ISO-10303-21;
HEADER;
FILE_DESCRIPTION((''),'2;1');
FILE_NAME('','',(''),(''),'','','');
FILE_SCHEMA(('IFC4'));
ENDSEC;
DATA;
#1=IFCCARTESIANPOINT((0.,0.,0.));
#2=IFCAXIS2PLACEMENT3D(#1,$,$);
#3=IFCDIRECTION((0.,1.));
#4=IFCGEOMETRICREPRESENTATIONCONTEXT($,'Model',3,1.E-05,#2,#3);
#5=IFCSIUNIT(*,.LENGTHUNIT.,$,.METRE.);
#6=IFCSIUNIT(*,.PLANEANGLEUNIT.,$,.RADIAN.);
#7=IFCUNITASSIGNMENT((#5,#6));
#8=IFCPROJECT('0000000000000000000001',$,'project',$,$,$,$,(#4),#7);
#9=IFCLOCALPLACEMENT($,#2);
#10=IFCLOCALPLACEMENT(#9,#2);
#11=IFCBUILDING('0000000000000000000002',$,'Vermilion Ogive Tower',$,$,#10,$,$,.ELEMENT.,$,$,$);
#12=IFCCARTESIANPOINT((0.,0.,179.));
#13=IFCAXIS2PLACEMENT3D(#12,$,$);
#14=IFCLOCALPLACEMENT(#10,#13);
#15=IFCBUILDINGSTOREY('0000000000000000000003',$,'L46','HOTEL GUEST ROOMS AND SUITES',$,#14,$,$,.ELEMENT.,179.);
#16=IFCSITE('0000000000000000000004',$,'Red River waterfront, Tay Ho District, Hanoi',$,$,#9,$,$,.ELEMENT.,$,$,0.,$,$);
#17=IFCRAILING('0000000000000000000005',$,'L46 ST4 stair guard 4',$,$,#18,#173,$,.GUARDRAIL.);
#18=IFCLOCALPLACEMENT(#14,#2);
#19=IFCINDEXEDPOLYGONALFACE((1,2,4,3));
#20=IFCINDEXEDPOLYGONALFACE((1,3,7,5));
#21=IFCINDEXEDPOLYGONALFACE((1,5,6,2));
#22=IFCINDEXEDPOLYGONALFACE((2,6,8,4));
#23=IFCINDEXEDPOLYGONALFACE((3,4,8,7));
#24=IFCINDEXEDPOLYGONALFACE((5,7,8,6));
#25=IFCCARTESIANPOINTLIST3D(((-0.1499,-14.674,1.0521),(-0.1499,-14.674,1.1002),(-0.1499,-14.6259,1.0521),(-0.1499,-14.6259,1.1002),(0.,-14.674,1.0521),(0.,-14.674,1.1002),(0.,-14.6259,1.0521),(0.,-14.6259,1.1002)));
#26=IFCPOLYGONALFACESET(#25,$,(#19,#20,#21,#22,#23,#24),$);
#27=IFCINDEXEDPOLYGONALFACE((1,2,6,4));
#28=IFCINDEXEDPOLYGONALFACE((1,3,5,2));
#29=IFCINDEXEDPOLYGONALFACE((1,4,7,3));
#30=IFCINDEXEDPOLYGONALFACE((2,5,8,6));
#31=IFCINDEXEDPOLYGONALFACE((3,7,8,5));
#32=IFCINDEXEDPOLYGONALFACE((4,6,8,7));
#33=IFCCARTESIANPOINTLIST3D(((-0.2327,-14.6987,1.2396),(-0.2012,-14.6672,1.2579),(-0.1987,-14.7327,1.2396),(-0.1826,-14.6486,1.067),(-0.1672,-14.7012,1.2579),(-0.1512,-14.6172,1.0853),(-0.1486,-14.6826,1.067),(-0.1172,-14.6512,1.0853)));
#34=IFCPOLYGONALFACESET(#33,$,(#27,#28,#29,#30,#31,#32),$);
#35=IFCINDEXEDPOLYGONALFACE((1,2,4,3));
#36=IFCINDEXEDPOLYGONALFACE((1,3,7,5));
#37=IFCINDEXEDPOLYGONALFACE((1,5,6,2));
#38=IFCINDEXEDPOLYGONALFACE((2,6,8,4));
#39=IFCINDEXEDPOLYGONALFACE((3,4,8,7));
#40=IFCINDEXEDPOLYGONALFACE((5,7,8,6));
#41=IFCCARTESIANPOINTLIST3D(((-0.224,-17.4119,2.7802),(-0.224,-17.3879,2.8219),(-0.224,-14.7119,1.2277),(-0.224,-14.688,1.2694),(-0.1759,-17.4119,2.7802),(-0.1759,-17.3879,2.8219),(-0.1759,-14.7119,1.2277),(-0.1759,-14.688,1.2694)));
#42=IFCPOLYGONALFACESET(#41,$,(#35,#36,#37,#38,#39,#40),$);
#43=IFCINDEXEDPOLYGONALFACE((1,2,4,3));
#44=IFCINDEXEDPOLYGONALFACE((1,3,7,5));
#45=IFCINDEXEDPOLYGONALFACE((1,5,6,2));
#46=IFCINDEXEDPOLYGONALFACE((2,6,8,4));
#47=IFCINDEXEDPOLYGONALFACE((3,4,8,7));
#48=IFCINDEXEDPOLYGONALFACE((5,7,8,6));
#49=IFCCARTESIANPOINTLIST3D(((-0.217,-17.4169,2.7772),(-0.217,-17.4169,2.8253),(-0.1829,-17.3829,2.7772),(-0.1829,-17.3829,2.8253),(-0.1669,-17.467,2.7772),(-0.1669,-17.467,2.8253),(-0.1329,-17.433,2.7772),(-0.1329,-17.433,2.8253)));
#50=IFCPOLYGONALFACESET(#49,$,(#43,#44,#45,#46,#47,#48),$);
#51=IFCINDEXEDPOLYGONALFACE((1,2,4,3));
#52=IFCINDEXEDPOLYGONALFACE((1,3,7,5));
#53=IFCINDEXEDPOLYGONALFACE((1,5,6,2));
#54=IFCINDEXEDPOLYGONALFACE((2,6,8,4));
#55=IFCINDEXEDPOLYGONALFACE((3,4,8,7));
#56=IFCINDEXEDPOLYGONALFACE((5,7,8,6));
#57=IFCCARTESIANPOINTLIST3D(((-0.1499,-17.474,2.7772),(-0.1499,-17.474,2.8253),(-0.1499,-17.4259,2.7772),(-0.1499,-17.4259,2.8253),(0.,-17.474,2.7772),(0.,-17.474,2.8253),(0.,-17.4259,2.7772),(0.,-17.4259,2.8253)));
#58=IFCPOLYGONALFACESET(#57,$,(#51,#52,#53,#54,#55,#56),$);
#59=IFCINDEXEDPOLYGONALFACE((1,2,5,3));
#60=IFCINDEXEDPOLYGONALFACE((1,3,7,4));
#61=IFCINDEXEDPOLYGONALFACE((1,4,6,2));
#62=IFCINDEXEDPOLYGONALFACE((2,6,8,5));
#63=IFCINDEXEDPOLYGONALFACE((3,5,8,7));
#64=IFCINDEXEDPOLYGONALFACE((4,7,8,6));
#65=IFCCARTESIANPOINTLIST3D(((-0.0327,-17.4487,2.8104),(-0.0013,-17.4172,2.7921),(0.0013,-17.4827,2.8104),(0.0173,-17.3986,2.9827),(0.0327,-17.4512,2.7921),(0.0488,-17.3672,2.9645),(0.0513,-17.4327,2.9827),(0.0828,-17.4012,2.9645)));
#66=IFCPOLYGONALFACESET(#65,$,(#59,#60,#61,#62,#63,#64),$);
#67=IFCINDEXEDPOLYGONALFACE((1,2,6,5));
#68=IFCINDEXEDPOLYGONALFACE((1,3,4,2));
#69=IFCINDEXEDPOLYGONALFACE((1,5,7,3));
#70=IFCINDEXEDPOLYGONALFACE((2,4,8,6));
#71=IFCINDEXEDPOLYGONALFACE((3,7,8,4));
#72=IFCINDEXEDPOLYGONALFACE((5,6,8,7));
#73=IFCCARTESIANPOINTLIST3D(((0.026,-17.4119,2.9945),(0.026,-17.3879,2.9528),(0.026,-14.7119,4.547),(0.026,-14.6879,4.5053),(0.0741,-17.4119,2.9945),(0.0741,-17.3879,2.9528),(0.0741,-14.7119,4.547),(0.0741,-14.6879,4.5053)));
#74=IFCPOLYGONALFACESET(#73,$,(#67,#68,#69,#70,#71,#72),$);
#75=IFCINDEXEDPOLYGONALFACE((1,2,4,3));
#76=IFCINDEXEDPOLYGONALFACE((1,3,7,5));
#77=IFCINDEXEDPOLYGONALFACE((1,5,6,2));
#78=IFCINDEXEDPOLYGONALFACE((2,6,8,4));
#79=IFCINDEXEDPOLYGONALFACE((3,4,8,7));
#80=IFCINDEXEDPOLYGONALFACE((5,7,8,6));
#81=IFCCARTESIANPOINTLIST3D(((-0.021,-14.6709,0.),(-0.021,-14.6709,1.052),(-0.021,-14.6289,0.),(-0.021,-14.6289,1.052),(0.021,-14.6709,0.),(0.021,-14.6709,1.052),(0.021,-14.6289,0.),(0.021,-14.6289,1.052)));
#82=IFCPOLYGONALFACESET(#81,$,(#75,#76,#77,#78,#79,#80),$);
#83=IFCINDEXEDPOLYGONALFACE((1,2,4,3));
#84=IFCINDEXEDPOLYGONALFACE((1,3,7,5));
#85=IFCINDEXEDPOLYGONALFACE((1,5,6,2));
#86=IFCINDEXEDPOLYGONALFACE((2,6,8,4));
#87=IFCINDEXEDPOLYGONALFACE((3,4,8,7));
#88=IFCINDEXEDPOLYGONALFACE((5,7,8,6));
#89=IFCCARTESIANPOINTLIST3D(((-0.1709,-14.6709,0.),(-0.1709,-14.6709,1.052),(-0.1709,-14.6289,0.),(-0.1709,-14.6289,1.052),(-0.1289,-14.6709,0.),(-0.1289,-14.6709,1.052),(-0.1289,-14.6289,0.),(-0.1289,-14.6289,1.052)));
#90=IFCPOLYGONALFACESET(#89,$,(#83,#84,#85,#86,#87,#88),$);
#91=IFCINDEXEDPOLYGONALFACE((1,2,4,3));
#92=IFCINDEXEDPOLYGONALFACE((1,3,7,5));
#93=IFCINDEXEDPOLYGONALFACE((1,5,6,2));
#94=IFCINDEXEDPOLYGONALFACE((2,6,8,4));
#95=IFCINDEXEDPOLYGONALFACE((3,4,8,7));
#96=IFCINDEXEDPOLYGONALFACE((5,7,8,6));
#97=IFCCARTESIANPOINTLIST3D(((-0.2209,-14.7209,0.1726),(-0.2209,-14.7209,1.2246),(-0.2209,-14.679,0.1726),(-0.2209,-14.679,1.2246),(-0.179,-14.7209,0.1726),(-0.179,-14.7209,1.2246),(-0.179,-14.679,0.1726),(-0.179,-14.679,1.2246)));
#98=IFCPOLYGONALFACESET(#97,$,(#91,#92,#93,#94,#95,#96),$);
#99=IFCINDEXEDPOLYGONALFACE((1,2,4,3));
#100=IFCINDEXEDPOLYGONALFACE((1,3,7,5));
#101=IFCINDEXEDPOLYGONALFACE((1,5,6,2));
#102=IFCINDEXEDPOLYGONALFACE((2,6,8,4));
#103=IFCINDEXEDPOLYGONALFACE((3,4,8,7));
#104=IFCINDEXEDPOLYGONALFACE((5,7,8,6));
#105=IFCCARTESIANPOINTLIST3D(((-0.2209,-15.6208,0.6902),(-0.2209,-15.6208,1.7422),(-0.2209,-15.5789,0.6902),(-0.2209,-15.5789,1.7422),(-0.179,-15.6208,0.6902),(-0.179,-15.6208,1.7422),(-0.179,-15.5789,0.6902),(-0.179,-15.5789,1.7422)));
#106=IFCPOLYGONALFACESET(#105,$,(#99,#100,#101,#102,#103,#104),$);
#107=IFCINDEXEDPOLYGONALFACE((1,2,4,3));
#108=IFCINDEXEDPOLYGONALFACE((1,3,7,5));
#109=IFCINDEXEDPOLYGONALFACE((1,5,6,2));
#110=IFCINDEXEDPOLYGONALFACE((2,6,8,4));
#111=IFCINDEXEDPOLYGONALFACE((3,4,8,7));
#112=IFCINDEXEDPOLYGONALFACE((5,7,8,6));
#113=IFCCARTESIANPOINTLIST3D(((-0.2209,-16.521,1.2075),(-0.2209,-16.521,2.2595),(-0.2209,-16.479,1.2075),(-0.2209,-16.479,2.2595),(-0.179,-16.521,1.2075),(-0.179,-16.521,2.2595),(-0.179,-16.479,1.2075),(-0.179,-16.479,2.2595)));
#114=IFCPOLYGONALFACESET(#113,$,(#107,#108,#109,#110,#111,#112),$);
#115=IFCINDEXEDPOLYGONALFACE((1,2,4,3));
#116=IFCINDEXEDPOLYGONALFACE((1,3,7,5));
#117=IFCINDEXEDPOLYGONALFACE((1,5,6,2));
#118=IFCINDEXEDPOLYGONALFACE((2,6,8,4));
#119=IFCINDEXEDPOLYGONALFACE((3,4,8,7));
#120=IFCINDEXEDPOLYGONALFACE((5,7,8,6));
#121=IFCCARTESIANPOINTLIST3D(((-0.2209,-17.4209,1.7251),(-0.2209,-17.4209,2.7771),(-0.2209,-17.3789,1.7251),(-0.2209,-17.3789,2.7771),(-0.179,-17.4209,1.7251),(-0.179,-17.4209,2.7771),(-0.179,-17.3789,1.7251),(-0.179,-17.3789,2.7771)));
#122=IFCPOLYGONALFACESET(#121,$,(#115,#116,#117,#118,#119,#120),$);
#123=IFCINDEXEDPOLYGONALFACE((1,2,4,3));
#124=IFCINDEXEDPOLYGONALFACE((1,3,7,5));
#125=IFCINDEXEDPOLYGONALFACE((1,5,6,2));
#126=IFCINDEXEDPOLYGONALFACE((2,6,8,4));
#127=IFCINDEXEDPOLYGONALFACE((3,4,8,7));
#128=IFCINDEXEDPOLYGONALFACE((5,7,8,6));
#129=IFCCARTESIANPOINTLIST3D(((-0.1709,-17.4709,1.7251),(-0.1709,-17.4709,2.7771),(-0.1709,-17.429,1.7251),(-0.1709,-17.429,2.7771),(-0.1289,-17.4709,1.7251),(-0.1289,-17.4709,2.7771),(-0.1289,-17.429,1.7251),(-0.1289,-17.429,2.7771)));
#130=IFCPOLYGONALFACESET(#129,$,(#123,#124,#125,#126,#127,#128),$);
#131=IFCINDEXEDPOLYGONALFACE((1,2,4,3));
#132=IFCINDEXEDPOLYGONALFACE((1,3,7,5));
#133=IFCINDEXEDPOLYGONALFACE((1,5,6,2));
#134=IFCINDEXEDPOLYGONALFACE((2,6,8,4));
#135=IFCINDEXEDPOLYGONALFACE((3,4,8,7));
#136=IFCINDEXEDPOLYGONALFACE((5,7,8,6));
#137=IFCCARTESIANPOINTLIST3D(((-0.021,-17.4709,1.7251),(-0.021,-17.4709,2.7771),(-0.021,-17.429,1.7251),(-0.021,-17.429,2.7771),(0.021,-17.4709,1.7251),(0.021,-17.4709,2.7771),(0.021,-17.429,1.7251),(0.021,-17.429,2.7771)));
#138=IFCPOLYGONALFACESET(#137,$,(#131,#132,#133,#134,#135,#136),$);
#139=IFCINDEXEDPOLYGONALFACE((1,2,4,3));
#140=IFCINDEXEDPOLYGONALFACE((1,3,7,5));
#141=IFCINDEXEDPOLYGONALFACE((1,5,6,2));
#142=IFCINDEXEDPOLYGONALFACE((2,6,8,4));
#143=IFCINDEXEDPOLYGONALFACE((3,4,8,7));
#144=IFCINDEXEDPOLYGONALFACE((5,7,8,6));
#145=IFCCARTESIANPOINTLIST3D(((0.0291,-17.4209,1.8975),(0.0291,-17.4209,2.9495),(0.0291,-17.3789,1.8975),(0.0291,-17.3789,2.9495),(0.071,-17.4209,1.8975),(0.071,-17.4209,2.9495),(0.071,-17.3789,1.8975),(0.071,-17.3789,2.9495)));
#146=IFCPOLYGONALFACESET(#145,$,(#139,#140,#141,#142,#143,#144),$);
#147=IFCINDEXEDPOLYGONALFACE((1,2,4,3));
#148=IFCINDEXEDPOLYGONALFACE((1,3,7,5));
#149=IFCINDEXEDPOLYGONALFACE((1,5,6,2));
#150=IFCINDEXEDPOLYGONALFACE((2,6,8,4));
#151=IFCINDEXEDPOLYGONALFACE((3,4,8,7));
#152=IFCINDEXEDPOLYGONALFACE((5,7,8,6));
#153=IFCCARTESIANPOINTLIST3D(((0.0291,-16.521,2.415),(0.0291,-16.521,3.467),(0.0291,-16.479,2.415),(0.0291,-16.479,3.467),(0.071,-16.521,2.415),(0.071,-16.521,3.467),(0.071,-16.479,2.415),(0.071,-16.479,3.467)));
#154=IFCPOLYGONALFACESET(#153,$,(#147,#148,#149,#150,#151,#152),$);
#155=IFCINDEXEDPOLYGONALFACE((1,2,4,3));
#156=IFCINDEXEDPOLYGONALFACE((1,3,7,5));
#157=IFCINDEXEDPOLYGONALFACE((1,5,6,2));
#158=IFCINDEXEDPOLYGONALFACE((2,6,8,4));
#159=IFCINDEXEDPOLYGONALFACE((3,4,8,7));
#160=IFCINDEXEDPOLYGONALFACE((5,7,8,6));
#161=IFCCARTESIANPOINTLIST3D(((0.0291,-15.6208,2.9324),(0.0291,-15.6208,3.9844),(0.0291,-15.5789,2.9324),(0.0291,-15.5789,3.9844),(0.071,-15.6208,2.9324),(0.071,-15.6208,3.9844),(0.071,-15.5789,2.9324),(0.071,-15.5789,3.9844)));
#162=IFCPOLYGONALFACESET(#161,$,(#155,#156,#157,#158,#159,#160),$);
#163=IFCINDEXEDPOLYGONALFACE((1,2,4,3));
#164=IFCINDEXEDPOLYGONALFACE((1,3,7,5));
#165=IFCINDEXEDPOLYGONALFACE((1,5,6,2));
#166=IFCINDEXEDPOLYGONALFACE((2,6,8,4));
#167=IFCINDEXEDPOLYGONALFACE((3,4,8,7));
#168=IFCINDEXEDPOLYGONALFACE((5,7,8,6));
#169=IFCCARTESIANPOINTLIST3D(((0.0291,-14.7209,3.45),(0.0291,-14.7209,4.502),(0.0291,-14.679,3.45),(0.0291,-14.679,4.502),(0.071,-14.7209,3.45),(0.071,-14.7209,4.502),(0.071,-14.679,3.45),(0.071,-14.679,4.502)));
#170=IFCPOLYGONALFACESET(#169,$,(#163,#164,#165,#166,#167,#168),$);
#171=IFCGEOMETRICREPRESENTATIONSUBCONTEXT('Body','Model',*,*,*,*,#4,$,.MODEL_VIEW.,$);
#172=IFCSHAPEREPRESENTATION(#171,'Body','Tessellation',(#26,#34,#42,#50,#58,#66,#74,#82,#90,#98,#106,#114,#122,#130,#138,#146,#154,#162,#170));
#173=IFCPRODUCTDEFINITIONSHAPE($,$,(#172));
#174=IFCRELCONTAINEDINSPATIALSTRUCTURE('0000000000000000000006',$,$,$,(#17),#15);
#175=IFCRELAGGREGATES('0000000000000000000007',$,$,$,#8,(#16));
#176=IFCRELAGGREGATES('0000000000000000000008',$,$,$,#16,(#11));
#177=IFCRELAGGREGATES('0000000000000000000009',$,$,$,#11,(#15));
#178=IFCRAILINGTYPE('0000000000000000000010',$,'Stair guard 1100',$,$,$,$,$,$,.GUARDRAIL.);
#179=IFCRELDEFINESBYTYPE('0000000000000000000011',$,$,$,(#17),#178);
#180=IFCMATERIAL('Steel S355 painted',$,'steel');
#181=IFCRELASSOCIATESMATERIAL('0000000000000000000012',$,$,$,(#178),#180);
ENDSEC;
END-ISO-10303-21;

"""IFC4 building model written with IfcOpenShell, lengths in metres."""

from ifc_helpers import new_model, si_unit, direction, frame, origin, origin_2d, place, context, subcontext, project, spatial, rectangle, extrude, material, type_object, element, save


model = new_model("IFC4")

# Units and contexts
model_context = context("Model", 3, precision=1e-05, world=origin(), true_north=direction((0.0, 1.0)))
body_context = subcontext(model_context, "Body", "Model", "MODEL_VIEW")
ifc_project = project(units=[si_unit("LENGTHUNIT", "METRE"), si_unit("PLANEANGLEUNIT", "RADIAN")], contexts=[model_context])

# Site, building, storey
site_placement = place(None, origin())
site = spatial("IfcSite", under=ifc_project, at=site_placement, Name="Red River waterfront, Tay Ho District, Hanoi", CompositionType="ELEMENT", RefElevation=0.0)
building_placement = place(site_placement, origin())
building = spatial("IfcBuilding", under=site, at=building_placement, Name="Vermilion Ogive Tower", CompositionType="ELEMENT")
storey_placement = place(building_placement, frame((0.0, 0.0, 179.0)))
storey = spatial("IfcBuildingStorey", under=building, at=storey_placement, Name="L46", Description="HOTEL GUEST ROOMS AND SUITES", CompositionType="ELEMENT", Elevation=179.0)

# Railing
ifc_material_1 = material(Name="Steel S355 painted", Category="steel")
railing_type_1 = type_object("IfcRailingType", Name="Stair guard 1100", PredefinedType="GUARDRAIL", material=ifc_material_1)
railing_1_placement = place(storey_placement, frame((0.0, -14.6499, 0.0)))
element("IfcRailing", 1, at=railing_1_placement, inside=storey, type_object=railing_type_1, Name="L46 ST4 stair guard 4", PredefinedType="GUARDRAIL", context=body_context, shape_type="SweptSolid", body=[
    extrude(rectangle(XDim=0.0481, YDim=0.0481, at=origin_2d()), frame((0.0, 0.0, 1.0762), z_axis=(-1.0, 0.0, 0.0), x_axis=(0.0, -1.0, 0.0)), (0.0, 0.0, 1.0), 0.1499),
    extrude(rectangle(XDim=0.0481, YDim=0.0481, at=origin_2d()), frame((-0.1499, 0.0, 1.0762), z_axis=(-0.268278, -0.268278, 0.925232), x_axis=(0.707107, -0.707107, 0.0)), (0.0, 0.0, 1.0), 0.1865),
    extrude(rectangle(XDim=0.0481, YDim=0.0481, at=origin_2d()), frame((-0.2, -0.05, 1.2485), z_axis=(0.0, -0.866904, 0.498476), x_axis=(1.0, 0.0, 0.0)), (0.0, 0.0, 1.0), 3.1145),
    extrude(rectangle(XDim=0.0481, YDim=0.0481, at=origin_2d()), frame((-0.2, -2.75, 2.8013), z_axis=(0.707107, -0.707107, 0.0), x_axis=(0.707107, 0.707107, 0.0)), (0.0, 0.0, 1.0), 0.0708),
    extrude(rectangle(XDim=0.0481, YDim=0.0481, at=origin_2d()), frame((-0.1499, -2.8, 2.8013), z_axis=(1.0, 0.0, 0.0), x_axis=(0.0, 1.0, 0.0)), (0.0, 0.0, 1.0), 0.1499),
    extrude(rectangle(XDim=0.0481, YDim=0.0481, at=origin_2d()), frame((0.0, -2.8, 2.8013), z_axis=(0.268603, 0.268603, 0.925043), x_axis=(-0.707107, 0.707107, 0.0)), (0.0, 0.0, 1.0), 0.1863),
    extrude(rectangle(XDim=0.0481, YDim=0.0481, at=origin_2d()), frame((0.05, -2.75, 2.9736), z_axis=(0.0, 0.866904, 0.498476), x_axis=(-1.0, 0.0, 0.0)), (0.0, 0.0, 1.0), 3.1145),
    extrude(rectangle(XDim=0.042, YDim=0.042, at=origin_2d()), origin(), (0.0, 0.0, 1.0), 1.052),
    extrude(rectangle(XDim=0.042, YDim=0.042, at=origin_2d()), frame((-0.1499, 0.0, 0.0)), (0.0, 0.0, 1.0), 1.052),
    extrude(rectangle(XDim=0.042, YDim=0.042, at=origin_2d()), frame((-0.2, -0.05, 0.1726)), (0.0, 0.0, 1.0), 1.052),
    extrude(rectangle(XDim=0.042, YDim=0.042, at=origin_2d()), frame((-0.2, -0.95, 0.6902)), (0.0, 0.0, 1.0), 1.052),
    extrude(rectangle(XDim=0.042, YDim=0.042, at=origin_2d()), frame((-0.2, -1.8501, 1.2075)), (0.0, 0.0, 1.0), 1.052),
    extrude(rectangle(XDim=0.042, YDim=0.042, at=origin_2d()), frame((-0.2, -2.75, 1.7251)), (0.0, 0.0, 1.0), 1.052),
    extrude(rectangle(XDim=0.042, YDim=0.042, at=origin_2d()), frame((-0.1499, -2.8, 1.7251)), (0.0, 0.0, 1.0), 1.052),
    extrude(rectangle(XDim=0.042, YDim=0.042, at=origin_2d()), frame((0.0, -2.8, 1.7251)), (0.0, 0.0, 1.0), 1.052),
    extrude(rectangle(XDim=0.042, YDim=0.042, at=origin_2d()), frame((0.05, -2.75, 1.8975)), (0.0, 0.0, 1.0), 1.052),
    extrude(rectangle(XDim=0.042, YDim=0.042, at=origin_2d()), frame((0.05, -1.8501, 2.415)), (0.0, 0.0, 1.0), 1.052),
    extrude(rectangle(XDim=0.042, YDim=0.042, at=origin_2d()), frame((0.05, -0.95, 2.9324)), (0.0, 0.0, 1.0), 1.052),
    extrude(rectangle(XDim=0.042, YDim=0.042, at=origin_2d()), frame((0.05, -0.05, 3.45)), (0.0, 0.0, 1.0), 1.052),
])

save(model, "model.ifc")
